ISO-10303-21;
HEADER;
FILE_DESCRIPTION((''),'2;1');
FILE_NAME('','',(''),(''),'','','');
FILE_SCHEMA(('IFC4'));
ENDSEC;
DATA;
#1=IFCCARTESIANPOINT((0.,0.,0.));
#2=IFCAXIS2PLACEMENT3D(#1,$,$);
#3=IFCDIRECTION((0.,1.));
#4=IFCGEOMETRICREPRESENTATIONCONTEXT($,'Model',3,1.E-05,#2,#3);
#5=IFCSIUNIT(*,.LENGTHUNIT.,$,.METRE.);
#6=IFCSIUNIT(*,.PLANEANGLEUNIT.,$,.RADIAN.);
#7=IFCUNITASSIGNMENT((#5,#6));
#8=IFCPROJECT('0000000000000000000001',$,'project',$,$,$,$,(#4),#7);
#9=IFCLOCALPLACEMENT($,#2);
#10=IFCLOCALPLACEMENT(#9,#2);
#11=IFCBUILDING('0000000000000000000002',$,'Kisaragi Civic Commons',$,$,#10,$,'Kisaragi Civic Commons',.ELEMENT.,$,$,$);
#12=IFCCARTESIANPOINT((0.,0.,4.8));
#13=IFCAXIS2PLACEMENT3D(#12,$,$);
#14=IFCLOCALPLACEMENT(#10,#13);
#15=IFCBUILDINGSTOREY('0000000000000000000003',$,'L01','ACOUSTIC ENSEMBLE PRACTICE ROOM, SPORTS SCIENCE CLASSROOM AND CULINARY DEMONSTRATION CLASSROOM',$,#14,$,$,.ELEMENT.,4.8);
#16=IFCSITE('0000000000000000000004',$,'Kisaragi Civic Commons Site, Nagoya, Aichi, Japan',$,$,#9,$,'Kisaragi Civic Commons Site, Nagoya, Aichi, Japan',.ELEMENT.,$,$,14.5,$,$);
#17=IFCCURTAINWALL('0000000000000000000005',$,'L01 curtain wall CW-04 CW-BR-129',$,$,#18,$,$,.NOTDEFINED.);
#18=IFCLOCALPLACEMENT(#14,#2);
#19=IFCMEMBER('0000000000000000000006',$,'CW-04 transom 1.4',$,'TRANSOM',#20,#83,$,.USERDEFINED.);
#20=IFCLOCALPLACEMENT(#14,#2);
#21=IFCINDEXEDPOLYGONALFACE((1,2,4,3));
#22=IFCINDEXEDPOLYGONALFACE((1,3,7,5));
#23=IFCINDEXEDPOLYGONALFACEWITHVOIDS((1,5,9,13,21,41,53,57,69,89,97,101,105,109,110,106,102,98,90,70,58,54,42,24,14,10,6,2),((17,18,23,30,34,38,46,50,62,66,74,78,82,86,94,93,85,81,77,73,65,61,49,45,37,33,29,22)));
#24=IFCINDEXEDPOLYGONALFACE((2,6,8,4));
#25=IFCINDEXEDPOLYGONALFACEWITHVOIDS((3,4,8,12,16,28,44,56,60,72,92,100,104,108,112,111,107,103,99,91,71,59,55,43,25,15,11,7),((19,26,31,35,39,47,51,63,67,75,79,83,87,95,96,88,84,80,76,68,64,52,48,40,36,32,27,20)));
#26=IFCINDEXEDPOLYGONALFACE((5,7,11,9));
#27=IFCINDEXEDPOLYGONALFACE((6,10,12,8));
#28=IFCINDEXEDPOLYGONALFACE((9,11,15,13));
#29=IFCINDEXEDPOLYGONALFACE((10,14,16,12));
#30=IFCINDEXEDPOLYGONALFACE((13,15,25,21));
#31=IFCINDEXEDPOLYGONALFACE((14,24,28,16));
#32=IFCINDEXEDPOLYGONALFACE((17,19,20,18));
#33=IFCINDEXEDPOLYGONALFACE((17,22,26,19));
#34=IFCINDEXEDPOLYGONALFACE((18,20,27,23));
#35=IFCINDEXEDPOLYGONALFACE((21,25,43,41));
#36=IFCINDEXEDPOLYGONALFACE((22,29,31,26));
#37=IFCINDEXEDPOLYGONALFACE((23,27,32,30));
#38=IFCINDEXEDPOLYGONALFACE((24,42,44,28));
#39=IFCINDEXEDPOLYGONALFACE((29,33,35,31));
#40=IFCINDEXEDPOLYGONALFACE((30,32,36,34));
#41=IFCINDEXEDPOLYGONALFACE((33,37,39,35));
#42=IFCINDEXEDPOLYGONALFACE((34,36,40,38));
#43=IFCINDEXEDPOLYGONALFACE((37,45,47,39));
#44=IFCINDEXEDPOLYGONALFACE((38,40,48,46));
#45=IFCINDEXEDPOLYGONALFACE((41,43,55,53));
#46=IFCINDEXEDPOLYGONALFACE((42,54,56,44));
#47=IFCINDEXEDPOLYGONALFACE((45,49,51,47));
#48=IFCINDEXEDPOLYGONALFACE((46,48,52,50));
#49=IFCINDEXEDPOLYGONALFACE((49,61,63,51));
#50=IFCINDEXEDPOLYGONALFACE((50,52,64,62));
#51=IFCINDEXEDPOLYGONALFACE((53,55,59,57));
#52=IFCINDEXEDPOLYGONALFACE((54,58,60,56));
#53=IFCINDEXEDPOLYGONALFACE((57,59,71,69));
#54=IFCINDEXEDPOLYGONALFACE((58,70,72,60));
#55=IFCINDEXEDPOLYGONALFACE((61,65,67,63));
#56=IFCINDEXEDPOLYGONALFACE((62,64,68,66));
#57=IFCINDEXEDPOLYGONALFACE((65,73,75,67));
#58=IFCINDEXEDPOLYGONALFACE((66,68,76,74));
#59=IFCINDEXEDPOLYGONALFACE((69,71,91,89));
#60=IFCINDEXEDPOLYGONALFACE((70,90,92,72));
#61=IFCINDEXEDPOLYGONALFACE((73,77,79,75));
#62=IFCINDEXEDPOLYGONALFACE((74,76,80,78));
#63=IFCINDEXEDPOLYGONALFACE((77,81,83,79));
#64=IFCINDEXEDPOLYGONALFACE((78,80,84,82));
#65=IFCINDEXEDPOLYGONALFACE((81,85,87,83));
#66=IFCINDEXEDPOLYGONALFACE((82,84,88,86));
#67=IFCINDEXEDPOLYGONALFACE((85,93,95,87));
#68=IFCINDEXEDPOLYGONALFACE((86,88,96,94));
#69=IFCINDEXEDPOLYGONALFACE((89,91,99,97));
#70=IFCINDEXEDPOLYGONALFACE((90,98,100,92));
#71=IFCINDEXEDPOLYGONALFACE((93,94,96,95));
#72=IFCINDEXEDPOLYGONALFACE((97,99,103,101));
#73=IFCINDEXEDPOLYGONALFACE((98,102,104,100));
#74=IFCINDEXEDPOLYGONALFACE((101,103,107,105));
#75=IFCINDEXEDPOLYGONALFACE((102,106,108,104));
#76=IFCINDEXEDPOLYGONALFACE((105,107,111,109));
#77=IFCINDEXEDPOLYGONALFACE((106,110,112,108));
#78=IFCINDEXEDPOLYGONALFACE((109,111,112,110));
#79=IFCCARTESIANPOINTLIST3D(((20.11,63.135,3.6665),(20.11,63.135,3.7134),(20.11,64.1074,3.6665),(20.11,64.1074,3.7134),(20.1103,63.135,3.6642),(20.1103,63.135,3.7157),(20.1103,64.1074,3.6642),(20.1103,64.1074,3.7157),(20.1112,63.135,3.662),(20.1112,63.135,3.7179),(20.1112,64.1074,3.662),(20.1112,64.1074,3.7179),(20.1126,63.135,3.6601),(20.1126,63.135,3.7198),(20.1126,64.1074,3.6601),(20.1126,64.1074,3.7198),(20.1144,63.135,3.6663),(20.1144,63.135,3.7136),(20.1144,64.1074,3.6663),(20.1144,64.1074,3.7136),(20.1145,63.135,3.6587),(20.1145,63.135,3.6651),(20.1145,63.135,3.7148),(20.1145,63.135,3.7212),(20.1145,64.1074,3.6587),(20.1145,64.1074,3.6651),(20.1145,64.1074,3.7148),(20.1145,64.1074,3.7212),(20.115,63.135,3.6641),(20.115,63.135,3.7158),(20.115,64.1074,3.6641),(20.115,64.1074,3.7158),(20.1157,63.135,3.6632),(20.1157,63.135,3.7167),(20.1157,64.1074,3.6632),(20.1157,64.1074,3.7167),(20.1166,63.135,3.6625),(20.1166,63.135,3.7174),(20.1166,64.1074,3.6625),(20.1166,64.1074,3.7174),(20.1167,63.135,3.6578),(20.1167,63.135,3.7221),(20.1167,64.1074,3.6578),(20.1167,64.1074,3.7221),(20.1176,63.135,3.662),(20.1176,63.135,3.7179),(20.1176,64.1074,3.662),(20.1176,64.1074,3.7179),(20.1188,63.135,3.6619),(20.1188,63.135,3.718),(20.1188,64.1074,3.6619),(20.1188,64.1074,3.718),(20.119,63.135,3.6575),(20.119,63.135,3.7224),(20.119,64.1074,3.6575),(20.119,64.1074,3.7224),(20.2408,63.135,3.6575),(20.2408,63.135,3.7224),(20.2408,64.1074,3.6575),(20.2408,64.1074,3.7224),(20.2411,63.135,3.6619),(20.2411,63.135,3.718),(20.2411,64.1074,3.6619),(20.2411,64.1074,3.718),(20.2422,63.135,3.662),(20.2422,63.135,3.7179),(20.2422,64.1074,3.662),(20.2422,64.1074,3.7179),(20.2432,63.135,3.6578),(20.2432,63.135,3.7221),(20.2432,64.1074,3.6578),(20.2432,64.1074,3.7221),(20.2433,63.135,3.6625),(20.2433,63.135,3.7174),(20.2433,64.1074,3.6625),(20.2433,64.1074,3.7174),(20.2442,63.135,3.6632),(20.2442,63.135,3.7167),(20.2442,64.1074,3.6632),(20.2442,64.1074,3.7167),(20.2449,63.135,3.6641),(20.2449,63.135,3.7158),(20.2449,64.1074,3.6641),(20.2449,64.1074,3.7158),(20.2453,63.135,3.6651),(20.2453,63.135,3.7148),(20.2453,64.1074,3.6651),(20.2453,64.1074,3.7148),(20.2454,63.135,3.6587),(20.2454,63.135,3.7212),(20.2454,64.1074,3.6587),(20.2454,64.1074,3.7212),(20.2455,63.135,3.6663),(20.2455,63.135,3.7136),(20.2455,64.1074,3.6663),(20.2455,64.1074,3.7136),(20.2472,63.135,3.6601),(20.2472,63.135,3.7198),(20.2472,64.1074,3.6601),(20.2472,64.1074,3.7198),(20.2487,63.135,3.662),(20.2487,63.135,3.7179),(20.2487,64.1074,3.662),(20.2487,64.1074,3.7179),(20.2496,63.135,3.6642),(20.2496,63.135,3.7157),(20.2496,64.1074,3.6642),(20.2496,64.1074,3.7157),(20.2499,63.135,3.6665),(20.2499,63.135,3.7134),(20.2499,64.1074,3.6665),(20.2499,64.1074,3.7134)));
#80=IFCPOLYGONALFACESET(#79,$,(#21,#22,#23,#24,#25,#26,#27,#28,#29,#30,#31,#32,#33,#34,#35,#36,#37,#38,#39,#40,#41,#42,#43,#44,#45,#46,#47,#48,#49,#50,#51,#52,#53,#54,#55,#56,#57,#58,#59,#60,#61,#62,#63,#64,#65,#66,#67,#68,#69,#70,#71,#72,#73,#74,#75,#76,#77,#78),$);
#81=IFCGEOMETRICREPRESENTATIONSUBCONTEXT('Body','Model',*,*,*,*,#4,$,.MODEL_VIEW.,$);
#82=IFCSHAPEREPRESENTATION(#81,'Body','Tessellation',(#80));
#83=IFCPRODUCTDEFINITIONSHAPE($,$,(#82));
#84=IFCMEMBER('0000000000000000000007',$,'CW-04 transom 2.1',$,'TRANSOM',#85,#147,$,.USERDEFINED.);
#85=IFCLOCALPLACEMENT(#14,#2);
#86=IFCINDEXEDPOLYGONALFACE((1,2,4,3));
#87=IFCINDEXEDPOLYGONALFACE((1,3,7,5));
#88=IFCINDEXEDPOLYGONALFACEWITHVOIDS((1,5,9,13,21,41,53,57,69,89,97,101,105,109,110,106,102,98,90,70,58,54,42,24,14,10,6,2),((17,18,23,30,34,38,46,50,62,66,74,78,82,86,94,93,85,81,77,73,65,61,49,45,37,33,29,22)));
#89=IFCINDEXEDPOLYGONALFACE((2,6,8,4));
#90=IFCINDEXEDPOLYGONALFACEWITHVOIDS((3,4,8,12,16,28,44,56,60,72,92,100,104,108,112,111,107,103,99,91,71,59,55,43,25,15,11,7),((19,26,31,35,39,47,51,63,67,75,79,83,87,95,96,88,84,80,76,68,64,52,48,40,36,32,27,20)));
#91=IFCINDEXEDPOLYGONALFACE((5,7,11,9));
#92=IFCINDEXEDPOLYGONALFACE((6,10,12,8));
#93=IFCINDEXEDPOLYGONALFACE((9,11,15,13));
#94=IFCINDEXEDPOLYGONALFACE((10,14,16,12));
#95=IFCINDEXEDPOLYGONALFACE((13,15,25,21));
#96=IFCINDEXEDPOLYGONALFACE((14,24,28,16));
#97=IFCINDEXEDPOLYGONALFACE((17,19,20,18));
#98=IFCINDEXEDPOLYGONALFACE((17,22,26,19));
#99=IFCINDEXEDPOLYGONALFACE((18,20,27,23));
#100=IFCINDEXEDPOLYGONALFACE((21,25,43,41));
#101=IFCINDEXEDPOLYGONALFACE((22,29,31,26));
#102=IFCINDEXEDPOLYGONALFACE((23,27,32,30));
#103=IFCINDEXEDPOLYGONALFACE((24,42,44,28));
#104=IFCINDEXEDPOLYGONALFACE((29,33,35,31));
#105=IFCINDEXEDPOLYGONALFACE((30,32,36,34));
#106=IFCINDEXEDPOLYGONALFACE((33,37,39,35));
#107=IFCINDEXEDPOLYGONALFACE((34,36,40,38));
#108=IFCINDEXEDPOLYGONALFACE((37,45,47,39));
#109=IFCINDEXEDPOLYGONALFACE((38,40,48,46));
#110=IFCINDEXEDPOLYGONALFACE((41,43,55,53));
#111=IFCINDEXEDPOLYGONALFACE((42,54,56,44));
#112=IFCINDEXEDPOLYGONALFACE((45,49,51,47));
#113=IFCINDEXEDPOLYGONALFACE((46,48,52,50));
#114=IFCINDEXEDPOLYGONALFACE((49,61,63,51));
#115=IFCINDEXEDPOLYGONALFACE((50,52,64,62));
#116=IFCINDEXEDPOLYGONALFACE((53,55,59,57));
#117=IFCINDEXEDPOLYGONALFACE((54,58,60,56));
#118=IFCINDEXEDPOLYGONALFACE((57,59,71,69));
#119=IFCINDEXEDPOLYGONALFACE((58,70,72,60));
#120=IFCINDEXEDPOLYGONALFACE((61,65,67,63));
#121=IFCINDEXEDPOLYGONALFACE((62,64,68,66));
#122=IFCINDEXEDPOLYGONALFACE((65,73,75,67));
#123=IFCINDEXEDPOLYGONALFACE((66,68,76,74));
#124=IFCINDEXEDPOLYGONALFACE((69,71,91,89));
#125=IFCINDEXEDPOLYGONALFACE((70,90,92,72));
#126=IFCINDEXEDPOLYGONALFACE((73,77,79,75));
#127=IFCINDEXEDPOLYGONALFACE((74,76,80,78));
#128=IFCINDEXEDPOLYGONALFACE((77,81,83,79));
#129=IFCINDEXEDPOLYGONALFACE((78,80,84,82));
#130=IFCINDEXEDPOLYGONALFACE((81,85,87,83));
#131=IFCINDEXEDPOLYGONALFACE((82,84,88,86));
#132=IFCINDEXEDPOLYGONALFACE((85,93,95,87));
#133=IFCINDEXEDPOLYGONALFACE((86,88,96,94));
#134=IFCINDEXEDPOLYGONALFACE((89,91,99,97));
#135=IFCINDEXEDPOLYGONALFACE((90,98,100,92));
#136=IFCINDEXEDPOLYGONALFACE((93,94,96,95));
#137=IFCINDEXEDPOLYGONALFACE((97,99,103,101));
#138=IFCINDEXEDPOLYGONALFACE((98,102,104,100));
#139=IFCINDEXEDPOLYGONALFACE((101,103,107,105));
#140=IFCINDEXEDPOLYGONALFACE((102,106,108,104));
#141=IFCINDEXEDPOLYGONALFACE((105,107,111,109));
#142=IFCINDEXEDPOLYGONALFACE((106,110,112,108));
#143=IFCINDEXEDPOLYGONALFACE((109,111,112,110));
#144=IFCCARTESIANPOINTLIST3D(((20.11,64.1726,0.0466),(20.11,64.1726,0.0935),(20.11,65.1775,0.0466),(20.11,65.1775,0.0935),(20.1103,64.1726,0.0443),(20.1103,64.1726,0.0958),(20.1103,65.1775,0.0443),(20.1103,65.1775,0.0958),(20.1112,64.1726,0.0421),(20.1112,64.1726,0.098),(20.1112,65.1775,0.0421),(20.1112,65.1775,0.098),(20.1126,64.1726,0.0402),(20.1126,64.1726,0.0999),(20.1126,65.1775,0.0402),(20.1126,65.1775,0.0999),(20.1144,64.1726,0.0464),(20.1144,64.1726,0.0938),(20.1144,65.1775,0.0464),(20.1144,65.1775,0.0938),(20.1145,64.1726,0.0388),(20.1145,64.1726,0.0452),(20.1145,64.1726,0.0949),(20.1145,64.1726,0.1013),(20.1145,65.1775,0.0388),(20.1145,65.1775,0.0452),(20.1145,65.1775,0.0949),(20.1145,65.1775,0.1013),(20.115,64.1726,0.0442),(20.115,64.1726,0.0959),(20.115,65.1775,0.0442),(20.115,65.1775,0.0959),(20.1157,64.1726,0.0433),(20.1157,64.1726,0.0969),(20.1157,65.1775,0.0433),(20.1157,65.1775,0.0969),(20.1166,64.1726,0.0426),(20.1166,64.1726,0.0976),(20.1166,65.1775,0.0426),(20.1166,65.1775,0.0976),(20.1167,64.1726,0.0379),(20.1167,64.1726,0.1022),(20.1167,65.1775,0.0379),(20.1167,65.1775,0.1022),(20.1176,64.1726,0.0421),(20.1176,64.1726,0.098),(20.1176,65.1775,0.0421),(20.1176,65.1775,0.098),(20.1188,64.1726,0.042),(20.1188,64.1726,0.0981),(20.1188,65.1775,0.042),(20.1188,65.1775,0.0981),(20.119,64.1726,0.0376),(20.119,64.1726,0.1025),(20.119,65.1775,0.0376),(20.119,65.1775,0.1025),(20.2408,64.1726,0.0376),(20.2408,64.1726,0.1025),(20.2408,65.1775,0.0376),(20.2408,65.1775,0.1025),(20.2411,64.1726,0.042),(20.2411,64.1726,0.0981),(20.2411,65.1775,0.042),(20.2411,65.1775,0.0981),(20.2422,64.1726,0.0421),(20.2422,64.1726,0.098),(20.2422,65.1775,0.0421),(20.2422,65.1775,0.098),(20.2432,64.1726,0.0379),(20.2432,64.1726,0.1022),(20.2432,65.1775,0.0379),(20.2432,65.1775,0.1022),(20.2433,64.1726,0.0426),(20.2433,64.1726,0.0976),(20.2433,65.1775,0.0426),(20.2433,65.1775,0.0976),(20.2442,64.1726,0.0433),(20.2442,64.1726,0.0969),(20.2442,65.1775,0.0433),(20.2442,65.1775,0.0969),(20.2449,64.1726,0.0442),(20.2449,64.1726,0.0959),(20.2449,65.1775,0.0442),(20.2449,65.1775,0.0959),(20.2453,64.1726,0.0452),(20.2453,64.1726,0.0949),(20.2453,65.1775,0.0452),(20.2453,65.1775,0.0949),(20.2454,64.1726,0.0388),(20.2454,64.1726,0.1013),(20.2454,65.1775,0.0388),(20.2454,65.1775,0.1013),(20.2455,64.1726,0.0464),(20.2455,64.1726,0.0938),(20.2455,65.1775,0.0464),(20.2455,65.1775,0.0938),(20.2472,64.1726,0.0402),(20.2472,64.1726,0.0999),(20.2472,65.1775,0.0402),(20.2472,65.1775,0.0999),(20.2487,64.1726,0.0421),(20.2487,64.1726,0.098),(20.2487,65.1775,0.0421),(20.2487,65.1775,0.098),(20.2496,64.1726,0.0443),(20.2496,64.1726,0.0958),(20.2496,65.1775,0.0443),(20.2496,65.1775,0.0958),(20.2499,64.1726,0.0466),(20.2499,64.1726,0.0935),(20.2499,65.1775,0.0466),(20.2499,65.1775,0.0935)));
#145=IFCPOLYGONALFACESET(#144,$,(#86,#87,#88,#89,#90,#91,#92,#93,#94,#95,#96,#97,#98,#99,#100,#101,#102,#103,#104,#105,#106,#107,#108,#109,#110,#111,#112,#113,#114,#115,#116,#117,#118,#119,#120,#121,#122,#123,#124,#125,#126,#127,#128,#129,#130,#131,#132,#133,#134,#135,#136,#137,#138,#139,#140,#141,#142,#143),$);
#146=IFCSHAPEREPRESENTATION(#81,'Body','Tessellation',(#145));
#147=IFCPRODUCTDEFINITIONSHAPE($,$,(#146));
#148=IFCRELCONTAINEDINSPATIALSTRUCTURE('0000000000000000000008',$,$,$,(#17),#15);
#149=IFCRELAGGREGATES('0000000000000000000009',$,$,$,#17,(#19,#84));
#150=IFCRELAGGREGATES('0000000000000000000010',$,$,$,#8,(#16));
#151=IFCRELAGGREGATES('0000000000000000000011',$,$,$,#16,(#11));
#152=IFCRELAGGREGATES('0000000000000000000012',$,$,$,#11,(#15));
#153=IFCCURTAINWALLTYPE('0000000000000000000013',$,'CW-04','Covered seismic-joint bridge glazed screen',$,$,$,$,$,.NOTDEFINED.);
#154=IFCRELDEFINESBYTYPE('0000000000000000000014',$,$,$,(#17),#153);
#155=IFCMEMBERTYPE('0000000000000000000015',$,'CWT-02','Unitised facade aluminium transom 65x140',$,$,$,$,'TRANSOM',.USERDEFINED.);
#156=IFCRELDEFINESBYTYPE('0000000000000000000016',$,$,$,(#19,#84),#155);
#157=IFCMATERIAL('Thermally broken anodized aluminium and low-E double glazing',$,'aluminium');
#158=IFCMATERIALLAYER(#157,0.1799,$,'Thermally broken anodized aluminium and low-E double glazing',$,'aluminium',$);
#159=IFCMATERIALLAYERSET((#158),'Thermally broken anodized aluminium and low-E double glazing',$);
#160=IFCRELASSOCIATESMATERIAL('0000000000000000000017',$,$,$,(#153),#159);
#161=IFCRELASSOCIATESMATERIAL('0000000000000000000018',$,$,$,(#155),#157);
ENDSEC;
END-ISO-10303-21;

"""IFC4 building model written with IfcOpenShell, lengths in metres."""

from ifc_helpers import new_model, si_unit, direction, frame, origin, origin_2d, place, context, subcontext, project, spatial, hollow_rectangle, extrude, material, layer, layer_set, material_profile, profile_set, type_object, element, aggregate, save


model = new_model("IFC4")

# Units and contexts
model_context = context("Model", 3, precision=1e-05, world=origin(), true_north=direction((0.0, 1.0)))
body_context = subcontext(model_context, "Body", "Model", "MODEL_VIEW")
ifc_project = project(units=[si_unit("LENGTHUNIT", "METRE"), si_unit("PLANEANGLEUNIT", "RADIAN")], contexts=[model_context])

# Site, building, storey
site_placement = place(None, origin())
site = spatial("IfcSite", under=ifc_project, at=site_placement, Name="Kisaragi Civic Commons Site, Nagoya, Aichi, Japan", LongName="Kisaragi Civic Commons Site, Nagoya, Aichi, Japan", CompositionType="ELEMENT", RefElevation=14.5)
building_placement = place(site_placement, origin())
building = spatial("IfcBuilding", under=site, at=building_placement, Name="Kisaragi Civic Commons", LongName="Kisaragi Civic Commons", CompositionType="ELEMENT")
storey_placement = place(building_placement, frame((0.0, 0.0, 4.8)))
storey = spatial("IfcBuildingStorey", under=building, at=storey_placement, Name="L01", Description="ACOUSTIC ENSEMBLE PRACTICE ROOM, SPORTS SCIENCE CLASSROOM AND CULINARY DEMONSTRATION CLASSROOM", CompositionType="ELEMENT", Elevation=4.8)

# Curtain wall, members
ifc_material_1 = material(Name="Thermally broken anodized aluminium and low-E double glazing", Category="aluminium")
ifc_layer_1 = layer(ifc_material_1, 0.1799, Name="Thermally broken anodized aluminium and low-E double glazing", Category="aluminium")
ifc_layer_set_1 = layer_set([ifc_layer_1], Name="Thermally broken anodized aluminium and low-E double glazing")
curtain_wall_type = type_object("IfcCurtainWallType", Name="CW-04", Description="Covered seismic-joint bridge glazed screen", PredefinedType="NOTDEFINED", material=ifc_layer_set_1)
curtain_wall_placement = place(storey_placement, origin())
curtain_wall = element("IfcCurtainWall", 1, at=curtain_wall_placement, inside=storey, type_object=curtain_wall_type, Name="L01 curtain wall CW-04 CW-BR-129", PredefinedType="NOTDEFINED")
ifc_material_profile_1 = material_profile(ifc_material_1, hollow_rectangle(XDim=0.1399, YDim=0.0649, WallThickness=0.0044, InnerFilletRadius=0.0044, OuterFilletRadius=0.009, at=origin_2d()), Name="CWT-65x140x4.5", Category="aluminium")
ifc_profile_set_1 = profile_set([ifc_material_profile_1], Name="Thermally broken anodized aluminium and low-E double glazing")
member_type_1 = type_object("IfcMemberType", Name="CWT-02", Description="Unitised facade aluminium transom 65x140", ElementType="TRANSOM", PredefinedType="USERDEFINED", material=ifc_profile_set_1)
member_1_placement = place(storey_placement, frame((20.1799, 63.135, 3.6899), z_axis=(0.0, 1.0, 0.0), x_axis=(-1.0, 0.0, 0.0)))
member_1 = element("IfcMember", 2, at=member_1_placement, type_object=member_type_1, Name="CW-04 transom 1.4", ObjectType="TRANSOM", PredefinedType="USERDEFINED", context=body_context, shape_type="SweptSolid", body=[
    extrude(hollow_rectangle(XDim=0.1399, YDim=0.0649, WallThickness=0.0044, InnerFilletRadius=0.0044, OuterFilletRadius=0.009, at=origin_2d()), origin(), (0.0, 0.0, 1.0), 0.9724),
])
member_2_placement = place(storey_placement, frame((20.1799, 64.1726, 0.0701), z_axis=(0.0, 1.0, 0.0), x_axis=(-1.0, 0.0, 0.0)))
member_2 = element("IfcMember", 3, at=member_2_placement, type_object=member_type_1, Name="CW-04 transom 2.1", ObjectType="TRANSOM", PredefinedType="USERDEFINED", context=body_context, shape_type="SweptSolid", body=[
    extrude(hollow_rectangle(XDim=0.1399, YDim=0.0649, WallThickness=0.0044, InnerFilletRadius=0.0044, OuterFilletRadius=0.009, at=origin_2d()), origin(), (0.0, 0.0, 1.0), 1.0049),
])

aggregate(curtain_wall, [member_1, member_2])

save(model, "model.ifc")
